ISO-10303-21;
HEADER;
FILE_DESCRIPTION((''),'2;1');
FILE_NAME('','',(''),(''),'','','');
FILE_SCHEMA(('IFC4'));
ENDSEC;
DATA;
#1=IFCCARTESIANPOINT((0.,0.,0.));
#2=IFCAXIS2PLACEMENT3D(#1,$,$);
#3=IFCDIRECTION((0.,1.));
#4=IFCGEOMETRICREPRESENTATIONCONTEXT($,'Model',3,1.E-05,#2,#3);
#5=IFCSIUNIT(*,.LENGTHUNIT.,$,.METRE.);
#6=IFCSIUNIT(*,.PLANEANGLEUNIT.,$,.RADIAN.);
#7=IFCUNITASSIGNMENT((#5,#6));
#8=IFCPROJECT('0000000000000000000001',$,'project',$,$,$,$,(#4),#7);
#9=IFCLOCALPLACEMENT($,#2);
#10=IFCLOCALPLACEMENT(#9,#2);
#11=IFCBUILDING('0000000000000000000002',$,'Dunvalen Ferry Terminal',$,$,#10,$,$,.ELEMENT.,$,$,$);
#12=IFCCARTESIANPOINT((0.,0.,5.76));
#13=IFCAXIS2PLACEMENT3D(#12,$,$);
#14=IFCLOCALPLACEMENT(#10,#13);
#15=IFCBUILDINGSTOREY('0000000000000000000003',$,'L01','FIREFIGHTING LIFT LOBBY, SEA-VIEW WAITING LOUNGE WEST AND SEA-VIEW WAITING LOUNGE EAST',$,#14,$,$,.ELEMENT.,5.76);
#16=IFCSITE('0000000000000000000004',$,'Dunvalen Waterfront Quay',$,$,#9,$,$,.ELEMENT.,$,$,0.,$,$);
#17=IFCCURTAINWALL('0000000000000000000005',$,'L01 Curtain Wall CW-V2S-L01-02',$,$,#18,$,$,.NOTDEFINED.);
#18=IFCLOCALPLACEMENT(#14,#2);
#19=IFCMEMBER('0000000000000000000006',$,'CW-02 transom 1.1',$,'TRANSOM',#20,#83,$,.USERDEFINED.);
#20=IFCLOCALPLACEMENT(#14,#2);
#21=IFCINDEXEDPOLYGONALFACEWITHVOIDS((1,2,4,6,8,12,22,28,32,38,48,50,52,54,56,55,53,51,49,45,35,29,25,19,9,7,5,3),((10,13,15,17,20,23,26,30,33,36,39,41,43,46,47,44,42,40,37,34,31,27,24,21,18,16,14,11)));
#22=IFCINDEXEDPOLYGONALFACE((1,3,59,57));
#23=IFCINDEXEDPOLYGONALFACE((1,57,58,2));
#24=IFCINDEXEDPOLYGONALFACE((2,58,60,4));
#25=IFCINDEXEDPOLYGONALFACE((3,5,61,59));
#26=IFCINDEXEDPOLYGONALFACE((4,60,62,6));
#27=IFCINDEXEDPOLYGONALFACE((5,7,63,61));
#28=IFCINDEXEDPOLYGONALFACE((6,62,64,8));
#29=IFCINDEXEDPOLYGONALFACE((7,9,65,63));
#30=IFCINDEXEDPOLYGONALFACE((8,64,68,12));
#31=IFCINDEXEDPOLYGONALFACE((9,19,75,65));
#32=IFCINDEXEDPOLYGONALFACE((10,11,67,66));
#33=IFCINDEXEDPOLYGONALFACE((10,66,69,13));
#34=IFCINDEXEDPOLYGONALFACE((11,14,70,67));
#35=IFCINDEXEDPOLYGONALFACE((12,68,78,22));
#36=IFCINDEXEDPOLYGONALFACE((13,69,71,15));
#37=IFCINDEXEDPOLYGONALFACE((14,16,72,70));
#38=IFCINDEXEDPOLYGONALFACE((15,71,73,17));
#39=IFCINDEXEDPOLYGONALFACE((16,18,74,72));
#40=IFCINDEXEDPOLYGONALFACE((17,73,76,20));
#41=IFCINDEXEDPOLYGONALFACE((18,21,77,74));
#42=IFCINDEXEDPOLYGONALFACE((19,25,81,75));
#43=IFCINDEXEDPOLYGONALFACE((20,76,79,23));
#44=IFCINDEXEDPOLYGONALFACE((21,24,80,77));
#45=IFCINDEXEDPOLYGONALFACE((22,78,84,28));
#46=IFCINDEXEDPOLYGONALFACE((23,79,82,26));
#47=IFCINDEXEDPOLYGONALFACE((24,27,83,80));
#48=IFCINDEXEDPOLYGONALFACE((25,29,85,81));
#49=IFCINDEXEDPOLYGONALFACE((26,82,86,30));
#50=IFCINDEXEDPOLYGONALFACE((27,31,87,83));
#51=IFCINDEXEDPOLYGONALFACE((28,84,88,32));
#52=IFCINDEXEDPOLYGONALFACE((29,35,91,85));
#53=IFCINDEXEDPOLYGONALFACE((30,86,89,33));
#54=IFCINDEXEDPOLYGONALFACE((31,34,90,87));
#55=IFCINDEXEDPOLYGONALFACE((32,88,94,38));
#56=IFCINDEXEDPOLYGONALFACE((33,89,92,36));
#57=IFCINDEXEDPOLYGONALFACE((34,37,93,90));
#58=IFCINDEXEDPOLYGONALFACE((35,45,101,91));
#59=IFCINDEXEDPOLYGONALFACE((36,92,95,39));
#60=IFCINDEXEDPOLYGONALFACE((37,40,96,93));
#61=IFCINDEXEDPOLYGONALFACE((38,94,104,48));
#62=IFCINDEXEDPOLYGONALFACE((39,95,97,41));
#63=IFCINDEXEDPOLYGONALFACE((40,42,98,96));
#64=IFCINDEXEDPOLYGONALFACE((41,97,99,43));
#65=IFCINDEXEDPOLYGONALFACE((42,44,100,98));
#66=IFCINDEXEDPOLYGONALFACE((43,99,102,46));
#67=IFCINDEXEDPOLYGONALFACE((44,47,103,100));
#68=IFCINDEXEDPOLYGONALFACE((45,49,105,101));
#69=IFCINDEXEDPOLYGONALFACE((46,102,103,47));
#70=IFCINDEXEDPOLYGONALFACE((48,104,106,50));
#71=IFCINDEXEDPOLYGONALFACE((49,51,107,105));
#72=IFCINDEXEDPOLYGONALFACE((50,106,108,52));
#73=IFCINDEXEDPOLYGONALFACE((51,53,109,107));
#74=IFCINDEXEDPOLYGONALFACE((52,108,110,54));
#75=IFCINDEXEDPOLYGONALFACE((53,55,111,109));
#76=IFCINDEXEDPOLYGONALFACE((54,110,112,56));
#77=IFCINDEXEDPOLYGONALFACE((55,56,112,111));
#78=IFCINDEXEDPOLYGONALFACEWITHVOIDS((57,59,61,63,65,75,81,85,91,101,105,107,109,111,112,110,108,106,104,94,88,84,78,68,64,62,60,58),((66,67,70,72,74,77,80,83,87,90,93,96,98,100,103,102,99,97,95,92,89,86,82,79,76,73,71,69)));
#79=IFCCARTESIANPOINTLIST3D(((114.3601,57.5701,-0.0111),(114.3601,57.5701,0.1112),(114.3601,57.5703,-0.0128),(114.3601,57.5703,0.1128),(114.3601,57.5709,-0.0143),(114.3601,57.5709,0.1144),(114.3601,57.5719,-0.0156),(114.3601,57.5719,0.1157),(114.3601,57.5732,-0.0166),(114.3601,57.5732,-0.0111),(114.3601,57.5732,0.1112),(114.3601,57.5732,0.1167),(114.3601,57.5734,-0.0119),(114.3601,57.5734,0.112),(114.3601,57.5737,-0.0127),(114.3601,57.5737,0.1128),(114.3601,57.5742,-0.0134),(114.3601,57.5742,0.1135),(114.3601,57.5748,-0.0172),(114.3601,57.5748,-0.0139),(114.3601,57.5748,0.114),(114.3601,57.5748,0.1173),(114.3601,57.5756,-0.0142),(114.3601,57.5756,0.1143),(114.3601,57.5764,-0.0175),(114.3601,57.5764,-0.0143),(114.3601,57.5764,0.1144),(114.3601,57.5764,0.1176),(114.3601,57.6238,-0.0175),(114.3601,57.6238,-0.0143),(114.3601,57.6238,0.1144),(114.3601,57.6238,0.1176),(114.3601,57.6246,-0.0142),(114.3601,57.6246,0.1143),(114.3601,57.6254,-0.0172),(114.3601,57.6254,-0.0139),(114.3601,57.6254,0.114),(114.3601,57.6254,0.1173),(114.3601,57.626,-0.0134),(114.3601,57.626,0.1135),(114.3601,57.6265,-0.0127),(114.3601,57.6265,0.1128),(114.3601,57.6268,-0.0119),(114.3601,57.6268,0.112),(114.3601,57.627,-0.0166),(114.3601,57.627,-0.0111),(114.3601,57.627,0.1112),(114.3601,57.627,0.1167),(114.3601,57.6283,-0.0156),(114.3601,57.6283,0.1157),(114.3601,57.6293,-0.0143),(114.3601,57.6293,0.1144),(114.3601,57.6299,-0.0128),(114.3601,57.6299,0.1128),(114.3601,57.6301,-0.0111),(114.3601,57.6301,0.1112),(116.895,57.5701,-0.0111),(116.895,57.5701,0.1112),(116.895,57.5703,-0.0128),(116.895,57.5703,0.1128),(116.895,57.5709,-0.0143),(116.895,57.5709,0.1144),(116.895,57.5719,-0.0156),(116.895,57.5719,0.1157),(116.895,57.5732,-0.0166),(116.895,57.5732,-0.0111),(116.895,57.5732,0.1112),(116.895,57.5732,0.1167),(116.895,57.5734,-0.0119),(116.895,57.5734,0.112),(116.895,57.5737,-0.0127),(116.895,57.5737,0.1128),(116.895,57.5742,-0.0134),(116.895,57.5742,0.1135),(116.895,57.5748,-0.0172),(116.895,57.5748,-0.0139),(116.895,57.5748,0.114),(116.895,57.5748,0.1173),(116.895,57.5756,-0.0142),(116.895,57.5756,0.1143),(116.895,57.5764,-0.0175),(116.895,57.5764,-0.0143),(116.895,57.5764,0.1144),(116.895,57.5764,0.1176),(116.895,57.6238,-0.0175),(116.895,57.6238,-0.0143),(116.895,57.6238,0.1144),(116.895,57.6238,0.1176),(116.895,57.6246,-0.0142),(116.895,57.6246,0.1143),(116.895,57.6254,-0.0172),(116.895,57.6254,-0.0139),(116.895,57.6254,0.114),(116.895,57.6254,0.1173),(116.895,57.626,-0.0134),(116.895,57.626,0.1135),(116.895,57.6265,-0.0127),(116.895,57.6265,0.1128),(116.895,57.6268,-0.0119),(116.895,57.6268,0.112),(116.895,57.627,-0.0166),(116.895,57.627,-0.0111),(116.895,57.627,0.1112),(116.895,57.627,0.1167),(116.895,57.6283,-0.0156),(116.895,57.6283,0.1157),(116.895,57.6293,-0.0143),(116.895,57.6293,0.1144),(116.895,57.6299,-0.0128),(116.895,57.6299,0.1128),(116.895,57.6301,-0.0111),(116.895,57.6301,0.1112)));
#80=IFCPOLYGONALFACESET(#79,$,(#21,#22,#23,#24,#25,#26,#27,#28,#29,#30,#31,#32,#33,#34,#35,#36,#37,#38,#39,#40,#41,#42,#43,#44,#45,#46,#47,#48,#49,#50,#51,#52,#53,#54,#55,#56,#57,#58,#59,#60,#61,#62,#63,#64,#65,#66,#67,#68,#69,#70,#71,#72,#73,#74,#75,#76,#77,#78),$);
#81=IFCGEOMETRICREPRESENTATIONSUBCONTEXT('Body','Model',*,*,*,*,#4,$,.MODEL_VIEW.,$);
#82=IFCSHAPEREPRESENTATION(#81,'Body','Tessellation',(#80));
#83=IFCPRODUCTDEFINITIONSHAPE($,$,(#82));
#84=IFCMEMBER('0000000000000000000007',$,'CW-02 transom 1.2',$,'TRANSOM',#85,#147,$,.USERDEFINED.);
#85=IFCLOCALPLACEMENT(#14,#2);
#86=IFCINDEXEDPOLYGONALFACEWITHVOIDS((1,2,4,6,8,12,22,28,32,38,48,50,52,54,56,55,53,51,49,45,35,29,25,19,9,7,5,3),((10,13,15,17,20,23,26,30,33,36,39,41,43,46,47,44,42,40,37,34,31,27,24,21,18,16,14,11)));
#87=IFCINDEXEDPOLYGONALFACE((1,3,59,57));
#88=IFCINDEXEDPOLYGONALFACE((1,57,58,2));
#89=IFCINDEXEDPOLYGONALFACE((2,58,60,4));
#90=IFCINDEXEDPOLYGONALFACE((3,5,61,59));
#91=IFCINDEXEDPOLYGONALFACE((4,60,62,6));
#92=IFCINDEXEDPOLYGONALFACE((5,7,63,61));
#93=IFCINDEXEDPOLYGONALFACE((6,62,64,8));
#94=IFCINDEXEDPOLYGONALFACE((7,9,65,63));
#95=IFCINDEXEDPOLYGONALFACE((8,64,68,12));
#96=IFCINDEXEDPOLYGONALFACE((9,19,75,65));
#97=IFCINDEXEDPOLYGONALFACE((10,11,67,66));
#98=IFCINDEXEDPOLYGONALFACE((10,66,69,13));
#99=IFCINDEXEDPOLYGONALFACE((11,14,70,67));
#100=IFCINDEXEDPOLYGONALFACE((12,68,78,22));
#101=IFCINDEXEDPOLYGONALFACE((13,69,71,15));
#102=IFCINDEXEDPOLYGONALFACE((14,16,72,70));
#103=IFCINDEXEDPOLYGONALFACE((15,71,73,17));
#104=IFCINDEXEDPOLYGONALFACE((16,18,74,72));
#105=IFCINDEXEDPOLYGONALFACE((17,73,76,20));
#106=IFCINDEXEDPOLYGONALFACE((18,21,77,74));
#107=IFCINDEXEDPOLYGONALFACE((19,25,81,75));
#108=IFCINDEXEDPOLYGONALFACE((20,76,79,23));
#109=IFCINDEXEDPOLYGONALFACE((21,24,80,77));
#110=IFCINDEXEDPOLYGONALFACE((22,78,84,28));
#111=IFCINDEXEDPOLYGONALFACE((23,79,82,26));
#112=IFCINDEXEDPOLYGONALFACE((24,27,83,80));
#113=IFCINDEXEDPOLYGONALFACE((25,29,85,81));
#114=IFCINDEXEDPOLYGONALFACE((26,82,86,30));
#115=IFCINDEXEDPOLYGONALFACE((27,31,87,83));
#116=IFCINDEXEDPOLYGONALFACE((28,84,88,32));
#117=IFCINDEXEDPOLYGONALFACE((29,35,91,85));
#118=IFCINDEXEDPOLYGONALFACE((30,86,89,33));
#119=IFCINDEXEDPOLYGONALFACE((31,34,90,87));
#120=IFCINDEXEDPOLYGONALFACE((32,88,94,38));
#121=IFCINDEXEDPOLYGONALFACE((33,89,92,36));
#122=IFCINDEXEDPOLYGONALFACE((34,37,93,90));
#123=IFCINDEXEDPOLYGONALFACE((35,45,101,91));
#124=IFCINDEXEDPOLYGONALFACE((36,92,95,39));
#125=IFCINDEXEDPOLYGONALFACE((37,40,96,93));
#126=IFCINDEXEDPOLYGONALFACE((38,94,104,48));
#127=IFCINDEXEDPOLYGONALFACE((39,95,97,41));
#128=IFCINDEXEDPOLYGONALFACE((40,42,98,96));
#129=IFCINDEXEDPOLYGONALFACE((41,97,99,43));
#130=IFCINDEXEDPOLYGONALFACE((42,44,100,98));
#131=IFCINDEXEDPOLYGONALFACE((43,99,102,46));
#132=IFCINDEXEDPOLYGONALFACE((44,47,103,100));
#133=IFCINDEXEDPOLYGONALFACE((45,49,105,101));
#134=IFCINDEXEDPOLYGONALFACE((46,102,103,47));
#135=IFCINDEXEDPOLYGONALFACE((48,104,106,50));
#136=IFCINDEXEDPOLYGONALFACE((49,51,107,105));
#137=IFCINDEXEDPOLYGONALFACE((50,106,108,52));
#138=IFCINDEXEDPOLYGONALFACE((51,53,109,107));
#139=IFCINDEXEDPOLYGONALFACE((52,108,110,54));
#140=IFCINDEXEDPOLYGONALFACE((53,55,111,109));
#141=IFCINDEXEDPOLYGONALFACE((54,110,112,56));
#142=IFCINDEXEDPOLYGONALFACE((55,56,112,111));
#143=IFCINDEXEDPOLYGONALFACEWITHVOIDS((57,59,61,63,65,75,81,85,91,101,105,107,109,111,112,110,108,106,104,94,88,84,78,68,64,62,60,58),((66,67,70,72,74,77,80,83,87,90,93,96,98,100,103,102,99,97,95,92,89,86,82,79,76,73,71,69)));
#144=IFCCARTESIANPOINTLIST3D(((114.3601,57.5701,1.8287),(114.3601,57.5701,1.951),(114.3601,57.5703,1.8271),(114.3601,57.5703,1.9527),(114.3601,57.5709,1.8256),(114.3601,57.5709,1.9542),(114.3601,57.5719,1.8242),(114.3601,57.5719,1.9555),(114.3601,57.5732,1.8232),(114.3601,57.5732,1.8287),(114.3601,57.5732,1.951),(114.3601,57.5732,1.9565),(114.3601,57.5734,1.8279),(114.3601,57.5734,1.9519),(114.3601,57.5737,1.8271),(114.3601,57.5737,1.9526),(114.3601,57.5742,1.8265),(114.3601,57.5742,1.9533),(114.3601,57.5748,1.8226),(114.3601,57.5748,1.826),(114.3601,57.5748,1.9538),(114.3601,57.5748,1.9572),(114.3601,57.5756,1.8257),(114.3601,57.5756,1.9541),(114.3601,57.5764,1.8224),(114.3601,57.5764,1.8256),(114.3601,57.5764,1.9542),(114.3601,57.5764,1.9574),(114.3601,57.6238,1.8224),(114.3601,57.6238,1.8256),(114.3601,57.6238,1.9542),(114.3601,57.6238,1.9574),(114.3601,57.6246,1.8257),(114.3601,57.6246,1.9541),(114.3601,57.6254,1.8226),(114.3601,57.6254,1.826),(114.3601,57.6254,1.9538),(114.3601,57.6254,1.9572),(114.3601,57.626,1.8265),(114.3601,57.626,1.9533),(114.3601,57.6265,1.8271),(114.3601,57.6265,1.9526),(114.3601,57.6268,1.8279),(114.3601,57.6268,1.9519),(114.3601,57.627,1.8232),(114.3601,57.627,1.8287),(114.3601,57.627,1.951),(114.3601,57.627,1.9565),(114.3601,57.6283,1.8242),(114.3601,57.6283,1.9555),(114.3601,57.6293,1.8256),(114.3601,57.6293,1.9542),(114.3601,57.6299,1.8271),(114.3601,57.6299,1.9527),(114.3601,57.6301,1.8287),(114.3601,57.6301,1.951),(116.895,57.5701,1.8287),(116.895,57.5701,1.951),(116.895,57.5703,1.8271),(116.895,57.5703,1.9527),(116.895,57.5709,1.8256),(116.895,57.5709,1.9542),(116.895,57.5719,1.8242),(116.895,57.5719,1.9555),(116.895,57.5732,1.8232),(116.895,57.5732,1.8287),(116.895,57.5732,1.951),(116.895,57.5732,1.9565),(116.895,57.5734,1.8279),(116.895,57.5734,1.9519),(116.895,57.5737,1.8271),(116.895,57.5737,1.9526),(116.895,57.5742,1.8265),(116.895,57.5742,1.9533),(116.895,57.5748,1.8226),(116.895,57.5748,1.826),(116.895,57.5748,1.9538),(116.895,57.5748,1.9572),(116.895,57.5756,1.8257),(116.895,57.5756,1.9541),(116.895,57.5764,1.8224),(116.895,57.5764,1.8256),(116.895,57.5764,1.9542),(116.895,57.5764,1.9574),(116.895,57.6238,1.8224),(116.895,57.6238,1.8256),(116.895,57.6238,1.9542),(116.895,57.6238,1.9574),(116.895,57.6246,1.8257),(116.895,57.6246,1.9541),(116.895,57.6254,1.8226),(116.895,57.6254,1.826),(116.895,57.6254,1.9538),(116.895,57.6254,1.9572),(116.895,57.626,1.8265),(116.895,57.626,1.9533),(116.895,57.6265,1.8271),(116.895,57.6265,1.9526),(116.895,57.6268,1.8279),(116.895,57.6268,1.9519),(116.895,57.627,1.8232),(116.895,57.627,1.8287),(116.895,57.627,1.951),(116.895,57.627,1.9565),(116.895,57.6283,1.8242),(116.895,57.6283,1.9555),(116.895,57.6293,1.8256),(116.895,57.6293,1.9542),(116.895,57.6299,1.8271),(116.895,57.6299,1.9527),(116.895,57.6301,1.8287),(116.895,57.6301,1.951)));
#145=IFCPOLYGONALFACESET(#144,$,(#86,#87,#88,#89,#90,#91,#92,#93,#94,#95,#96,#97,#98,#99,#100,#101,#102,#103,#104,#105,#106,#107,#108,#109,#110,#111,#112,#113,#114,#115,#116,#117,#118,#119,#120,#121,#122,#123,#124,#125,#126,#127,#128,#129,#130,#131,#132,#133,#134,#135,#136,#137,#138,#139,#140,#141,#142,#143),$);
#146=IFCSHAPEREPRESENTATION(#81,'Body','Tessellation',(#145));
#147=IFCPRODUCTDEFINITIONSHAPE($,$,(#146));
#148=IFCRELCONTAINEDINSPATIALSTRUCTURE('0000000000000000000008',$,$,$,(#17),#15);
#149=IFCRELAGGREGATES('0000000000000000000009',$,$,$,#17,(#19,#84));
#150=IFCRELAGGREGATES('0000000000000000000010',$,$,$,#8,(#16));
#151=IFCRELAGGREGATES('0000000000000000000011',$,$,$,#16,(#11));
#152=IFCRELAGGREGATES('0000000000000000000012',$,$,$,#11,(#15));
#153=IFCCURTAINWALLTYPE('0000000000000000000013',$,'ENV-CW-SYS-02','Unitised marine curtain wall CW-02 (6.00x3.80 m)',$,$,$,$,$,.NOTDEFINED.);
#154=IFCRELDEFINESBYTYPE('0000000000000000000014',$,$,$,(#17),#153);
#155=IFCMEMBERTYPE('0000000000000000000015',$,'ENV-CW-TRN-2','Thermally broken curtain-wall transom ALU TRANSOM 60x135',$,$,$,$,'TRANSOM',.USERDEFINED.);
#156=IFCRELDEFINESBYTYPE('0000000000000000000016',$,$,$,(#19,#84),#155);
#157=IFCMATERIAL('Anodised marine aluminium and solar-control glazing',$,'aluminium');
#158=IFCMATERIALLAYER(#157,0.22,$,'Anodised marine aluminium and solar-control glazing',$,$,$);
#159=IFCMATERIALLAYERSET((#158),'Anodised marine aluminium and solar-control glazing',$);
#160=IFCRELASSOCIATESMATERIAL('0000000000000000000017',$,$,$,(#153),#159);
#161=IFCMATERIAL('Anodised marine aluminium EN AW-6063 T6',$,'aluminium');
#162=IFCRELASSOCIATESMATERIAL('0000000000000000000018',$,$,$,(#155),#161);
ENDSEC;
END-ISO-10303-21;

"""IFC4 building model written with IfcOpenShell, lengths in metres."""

from ifc_helpers import new_model, si_unit, direction, frame, origin, origin_2d, place, context, subcontext, project, spatial, hollow_rectangle, extrude, material, layer, layer_set, material_profile, profile_set, type_object, element, aggregate, save


model = new_model("IFC4")

# Units and contexts
model_context = context("Model", 3, precision=1e-05, world=origin(), true_north=direction((0.0, 1.0)))
body_context = subcontext(model_context, "Body", "Model", "MODEL_VIEW")
ifc_project = project(units=[si_unit("LENGTHUNIT", "METRE"), si_unit("PLANEANGLEUNIT", "RADIAN")], contexts=[model_context])

# Site, building, storey
site_placement = place(None, origin())
site = spatial("IfcSite", under=ifc_project, at=site_placement, Name="Dunvalen Waterfront Quay", CompositionType="ELEMENT", RefElevation=0.0)
building_placement = place(site_placement, origin())
building = spatial("IfcBuilding", under=site, at=building_placement, Name="Dunvalen Ferry Terminal", CompositionType="ELEMENT")
storey_placement = place(building_placement, frame((0.0, 0.0, 5.76)))
storey = spatial("IfcBuildingStorey", under=building, at=storey_placement, Name="L01", Description="FIREFIGHTING LIFT LOBBY, SEA-VIEW WAITING LOUNGE WEST AND SEA-VIEW WAITING LOUNGE EAST", CompositionType="ELEMENT", Elevation=5.76)

# Curtain wall
ifc_material_1 = material(Name="Anodised marine aluminium and solar-control glazing", Category="aluminium")
ifc_layer_1 = layer(ifc_material_1, 0.22, Name="Anodised marine aluminium and solar-control glazing")
ifc_layer_set_1 = layer_set([ifc_layer_1], Name="Anodised marine aluminium and solar-control glazing")
curtain_wall_type_1 = type_object("IfcCurtainWallType", Name="ENV-CW-SYS-02", Description="Unitised marine curtain wall CW-02 (6.00x3.80 m)", PredefinedType="NOTDEFINED", material=ifc_layer_set_1)
ifc_material_2 = material(Name="Anodised marine aluminium EN AW-6063 T6", Category="aluminium")
curtain_wall_1_placement = place(storey_placement, origin())
curtain_wall_1 = element("IfcCurtainWall", 1, at=curtain_wall_1_placement, inside=storey, type_object=curtain_wall_type_1, Name="L01 Curtain Wall CW-V2S-L01-02", PredefinedType="NOTDEFINED")

# Members
ifc_material_profile_1 = material_profile(ifc_material_2, hollow_rectangle(XDim=0.0601, YDim=0.135, WallThickness=0.0032, InnerFilletRadius=0.0032, OuterFilletRadius=0.0063, at=origin_2d()), Name="Anodised marine aluminium EN AW-6063 T6")
ifc_profile_set_1 = profile_set([ifc_material_profile_1], Name="Anodised marine aluminium EN AW-6063 T6")
member_type_1 = type_object("IfcMemberType", Name="ENV-CW-TRN-2", Description="Thermally broken curtain-wall transom ALU TRANSOM 60x135", ElementType="TRANSOM", PredefinedType="USERDEFINED", material=ifc_profile_set_1)
member_1_placement = place(storey_placement, frame((114.3601, 57.6001, 0.05), z_axis=(1.0, 0.0, 0.0), x_axis=(0.0, 1.0, 0.0)))
member_1 = element("IfcMember", 2, at=member_1_placement, type_object=member_type_1, Name="CW-02 transom 1.1", ObjectType="TRANSOM", PredefinedType="USERDEFINED", context=body_context, shape_type="SweptSolid", body=[
    extrude(hollow_rectangle(XDim=0.0601, YDim=0.135, WallThickness=0.0032, InnerFilletRadius=0.0032, OuterFilletRadius=0.0063, at=origin_2d()), origin(), (0.0, 0.0, 1.0), 2.5349),
])
member_2_placement = place(storey_placement, frame((114.3601, 57.6001, 1.8899), z_axis=(1.0, 0.0, 0.0), x_axis=(0.0, 1.0, 0.0)))
member_2 = element("IfcMember", 3, at=member_2_placement, type_object=member_type_1, Name="CW-02 transom 1.2", ObjectType="TRANSOM", PredefinedType="USERDEFINED", context=body_context, shape_type="SweptSolid", body=[
    extrude(hollow_rectangle(XDim=0.0601, YDim=0.135, WallThickness=0.0032, InnerFilletRadius=0.0032, OuterFilletRadius=0.0063, at=origin_2d()), origin(), (0.0, 0.0, 1.0), 2.5349),
])

aggregate(curtain_wall_1, [member_1, member_2])

save(model, "model.ifc")
